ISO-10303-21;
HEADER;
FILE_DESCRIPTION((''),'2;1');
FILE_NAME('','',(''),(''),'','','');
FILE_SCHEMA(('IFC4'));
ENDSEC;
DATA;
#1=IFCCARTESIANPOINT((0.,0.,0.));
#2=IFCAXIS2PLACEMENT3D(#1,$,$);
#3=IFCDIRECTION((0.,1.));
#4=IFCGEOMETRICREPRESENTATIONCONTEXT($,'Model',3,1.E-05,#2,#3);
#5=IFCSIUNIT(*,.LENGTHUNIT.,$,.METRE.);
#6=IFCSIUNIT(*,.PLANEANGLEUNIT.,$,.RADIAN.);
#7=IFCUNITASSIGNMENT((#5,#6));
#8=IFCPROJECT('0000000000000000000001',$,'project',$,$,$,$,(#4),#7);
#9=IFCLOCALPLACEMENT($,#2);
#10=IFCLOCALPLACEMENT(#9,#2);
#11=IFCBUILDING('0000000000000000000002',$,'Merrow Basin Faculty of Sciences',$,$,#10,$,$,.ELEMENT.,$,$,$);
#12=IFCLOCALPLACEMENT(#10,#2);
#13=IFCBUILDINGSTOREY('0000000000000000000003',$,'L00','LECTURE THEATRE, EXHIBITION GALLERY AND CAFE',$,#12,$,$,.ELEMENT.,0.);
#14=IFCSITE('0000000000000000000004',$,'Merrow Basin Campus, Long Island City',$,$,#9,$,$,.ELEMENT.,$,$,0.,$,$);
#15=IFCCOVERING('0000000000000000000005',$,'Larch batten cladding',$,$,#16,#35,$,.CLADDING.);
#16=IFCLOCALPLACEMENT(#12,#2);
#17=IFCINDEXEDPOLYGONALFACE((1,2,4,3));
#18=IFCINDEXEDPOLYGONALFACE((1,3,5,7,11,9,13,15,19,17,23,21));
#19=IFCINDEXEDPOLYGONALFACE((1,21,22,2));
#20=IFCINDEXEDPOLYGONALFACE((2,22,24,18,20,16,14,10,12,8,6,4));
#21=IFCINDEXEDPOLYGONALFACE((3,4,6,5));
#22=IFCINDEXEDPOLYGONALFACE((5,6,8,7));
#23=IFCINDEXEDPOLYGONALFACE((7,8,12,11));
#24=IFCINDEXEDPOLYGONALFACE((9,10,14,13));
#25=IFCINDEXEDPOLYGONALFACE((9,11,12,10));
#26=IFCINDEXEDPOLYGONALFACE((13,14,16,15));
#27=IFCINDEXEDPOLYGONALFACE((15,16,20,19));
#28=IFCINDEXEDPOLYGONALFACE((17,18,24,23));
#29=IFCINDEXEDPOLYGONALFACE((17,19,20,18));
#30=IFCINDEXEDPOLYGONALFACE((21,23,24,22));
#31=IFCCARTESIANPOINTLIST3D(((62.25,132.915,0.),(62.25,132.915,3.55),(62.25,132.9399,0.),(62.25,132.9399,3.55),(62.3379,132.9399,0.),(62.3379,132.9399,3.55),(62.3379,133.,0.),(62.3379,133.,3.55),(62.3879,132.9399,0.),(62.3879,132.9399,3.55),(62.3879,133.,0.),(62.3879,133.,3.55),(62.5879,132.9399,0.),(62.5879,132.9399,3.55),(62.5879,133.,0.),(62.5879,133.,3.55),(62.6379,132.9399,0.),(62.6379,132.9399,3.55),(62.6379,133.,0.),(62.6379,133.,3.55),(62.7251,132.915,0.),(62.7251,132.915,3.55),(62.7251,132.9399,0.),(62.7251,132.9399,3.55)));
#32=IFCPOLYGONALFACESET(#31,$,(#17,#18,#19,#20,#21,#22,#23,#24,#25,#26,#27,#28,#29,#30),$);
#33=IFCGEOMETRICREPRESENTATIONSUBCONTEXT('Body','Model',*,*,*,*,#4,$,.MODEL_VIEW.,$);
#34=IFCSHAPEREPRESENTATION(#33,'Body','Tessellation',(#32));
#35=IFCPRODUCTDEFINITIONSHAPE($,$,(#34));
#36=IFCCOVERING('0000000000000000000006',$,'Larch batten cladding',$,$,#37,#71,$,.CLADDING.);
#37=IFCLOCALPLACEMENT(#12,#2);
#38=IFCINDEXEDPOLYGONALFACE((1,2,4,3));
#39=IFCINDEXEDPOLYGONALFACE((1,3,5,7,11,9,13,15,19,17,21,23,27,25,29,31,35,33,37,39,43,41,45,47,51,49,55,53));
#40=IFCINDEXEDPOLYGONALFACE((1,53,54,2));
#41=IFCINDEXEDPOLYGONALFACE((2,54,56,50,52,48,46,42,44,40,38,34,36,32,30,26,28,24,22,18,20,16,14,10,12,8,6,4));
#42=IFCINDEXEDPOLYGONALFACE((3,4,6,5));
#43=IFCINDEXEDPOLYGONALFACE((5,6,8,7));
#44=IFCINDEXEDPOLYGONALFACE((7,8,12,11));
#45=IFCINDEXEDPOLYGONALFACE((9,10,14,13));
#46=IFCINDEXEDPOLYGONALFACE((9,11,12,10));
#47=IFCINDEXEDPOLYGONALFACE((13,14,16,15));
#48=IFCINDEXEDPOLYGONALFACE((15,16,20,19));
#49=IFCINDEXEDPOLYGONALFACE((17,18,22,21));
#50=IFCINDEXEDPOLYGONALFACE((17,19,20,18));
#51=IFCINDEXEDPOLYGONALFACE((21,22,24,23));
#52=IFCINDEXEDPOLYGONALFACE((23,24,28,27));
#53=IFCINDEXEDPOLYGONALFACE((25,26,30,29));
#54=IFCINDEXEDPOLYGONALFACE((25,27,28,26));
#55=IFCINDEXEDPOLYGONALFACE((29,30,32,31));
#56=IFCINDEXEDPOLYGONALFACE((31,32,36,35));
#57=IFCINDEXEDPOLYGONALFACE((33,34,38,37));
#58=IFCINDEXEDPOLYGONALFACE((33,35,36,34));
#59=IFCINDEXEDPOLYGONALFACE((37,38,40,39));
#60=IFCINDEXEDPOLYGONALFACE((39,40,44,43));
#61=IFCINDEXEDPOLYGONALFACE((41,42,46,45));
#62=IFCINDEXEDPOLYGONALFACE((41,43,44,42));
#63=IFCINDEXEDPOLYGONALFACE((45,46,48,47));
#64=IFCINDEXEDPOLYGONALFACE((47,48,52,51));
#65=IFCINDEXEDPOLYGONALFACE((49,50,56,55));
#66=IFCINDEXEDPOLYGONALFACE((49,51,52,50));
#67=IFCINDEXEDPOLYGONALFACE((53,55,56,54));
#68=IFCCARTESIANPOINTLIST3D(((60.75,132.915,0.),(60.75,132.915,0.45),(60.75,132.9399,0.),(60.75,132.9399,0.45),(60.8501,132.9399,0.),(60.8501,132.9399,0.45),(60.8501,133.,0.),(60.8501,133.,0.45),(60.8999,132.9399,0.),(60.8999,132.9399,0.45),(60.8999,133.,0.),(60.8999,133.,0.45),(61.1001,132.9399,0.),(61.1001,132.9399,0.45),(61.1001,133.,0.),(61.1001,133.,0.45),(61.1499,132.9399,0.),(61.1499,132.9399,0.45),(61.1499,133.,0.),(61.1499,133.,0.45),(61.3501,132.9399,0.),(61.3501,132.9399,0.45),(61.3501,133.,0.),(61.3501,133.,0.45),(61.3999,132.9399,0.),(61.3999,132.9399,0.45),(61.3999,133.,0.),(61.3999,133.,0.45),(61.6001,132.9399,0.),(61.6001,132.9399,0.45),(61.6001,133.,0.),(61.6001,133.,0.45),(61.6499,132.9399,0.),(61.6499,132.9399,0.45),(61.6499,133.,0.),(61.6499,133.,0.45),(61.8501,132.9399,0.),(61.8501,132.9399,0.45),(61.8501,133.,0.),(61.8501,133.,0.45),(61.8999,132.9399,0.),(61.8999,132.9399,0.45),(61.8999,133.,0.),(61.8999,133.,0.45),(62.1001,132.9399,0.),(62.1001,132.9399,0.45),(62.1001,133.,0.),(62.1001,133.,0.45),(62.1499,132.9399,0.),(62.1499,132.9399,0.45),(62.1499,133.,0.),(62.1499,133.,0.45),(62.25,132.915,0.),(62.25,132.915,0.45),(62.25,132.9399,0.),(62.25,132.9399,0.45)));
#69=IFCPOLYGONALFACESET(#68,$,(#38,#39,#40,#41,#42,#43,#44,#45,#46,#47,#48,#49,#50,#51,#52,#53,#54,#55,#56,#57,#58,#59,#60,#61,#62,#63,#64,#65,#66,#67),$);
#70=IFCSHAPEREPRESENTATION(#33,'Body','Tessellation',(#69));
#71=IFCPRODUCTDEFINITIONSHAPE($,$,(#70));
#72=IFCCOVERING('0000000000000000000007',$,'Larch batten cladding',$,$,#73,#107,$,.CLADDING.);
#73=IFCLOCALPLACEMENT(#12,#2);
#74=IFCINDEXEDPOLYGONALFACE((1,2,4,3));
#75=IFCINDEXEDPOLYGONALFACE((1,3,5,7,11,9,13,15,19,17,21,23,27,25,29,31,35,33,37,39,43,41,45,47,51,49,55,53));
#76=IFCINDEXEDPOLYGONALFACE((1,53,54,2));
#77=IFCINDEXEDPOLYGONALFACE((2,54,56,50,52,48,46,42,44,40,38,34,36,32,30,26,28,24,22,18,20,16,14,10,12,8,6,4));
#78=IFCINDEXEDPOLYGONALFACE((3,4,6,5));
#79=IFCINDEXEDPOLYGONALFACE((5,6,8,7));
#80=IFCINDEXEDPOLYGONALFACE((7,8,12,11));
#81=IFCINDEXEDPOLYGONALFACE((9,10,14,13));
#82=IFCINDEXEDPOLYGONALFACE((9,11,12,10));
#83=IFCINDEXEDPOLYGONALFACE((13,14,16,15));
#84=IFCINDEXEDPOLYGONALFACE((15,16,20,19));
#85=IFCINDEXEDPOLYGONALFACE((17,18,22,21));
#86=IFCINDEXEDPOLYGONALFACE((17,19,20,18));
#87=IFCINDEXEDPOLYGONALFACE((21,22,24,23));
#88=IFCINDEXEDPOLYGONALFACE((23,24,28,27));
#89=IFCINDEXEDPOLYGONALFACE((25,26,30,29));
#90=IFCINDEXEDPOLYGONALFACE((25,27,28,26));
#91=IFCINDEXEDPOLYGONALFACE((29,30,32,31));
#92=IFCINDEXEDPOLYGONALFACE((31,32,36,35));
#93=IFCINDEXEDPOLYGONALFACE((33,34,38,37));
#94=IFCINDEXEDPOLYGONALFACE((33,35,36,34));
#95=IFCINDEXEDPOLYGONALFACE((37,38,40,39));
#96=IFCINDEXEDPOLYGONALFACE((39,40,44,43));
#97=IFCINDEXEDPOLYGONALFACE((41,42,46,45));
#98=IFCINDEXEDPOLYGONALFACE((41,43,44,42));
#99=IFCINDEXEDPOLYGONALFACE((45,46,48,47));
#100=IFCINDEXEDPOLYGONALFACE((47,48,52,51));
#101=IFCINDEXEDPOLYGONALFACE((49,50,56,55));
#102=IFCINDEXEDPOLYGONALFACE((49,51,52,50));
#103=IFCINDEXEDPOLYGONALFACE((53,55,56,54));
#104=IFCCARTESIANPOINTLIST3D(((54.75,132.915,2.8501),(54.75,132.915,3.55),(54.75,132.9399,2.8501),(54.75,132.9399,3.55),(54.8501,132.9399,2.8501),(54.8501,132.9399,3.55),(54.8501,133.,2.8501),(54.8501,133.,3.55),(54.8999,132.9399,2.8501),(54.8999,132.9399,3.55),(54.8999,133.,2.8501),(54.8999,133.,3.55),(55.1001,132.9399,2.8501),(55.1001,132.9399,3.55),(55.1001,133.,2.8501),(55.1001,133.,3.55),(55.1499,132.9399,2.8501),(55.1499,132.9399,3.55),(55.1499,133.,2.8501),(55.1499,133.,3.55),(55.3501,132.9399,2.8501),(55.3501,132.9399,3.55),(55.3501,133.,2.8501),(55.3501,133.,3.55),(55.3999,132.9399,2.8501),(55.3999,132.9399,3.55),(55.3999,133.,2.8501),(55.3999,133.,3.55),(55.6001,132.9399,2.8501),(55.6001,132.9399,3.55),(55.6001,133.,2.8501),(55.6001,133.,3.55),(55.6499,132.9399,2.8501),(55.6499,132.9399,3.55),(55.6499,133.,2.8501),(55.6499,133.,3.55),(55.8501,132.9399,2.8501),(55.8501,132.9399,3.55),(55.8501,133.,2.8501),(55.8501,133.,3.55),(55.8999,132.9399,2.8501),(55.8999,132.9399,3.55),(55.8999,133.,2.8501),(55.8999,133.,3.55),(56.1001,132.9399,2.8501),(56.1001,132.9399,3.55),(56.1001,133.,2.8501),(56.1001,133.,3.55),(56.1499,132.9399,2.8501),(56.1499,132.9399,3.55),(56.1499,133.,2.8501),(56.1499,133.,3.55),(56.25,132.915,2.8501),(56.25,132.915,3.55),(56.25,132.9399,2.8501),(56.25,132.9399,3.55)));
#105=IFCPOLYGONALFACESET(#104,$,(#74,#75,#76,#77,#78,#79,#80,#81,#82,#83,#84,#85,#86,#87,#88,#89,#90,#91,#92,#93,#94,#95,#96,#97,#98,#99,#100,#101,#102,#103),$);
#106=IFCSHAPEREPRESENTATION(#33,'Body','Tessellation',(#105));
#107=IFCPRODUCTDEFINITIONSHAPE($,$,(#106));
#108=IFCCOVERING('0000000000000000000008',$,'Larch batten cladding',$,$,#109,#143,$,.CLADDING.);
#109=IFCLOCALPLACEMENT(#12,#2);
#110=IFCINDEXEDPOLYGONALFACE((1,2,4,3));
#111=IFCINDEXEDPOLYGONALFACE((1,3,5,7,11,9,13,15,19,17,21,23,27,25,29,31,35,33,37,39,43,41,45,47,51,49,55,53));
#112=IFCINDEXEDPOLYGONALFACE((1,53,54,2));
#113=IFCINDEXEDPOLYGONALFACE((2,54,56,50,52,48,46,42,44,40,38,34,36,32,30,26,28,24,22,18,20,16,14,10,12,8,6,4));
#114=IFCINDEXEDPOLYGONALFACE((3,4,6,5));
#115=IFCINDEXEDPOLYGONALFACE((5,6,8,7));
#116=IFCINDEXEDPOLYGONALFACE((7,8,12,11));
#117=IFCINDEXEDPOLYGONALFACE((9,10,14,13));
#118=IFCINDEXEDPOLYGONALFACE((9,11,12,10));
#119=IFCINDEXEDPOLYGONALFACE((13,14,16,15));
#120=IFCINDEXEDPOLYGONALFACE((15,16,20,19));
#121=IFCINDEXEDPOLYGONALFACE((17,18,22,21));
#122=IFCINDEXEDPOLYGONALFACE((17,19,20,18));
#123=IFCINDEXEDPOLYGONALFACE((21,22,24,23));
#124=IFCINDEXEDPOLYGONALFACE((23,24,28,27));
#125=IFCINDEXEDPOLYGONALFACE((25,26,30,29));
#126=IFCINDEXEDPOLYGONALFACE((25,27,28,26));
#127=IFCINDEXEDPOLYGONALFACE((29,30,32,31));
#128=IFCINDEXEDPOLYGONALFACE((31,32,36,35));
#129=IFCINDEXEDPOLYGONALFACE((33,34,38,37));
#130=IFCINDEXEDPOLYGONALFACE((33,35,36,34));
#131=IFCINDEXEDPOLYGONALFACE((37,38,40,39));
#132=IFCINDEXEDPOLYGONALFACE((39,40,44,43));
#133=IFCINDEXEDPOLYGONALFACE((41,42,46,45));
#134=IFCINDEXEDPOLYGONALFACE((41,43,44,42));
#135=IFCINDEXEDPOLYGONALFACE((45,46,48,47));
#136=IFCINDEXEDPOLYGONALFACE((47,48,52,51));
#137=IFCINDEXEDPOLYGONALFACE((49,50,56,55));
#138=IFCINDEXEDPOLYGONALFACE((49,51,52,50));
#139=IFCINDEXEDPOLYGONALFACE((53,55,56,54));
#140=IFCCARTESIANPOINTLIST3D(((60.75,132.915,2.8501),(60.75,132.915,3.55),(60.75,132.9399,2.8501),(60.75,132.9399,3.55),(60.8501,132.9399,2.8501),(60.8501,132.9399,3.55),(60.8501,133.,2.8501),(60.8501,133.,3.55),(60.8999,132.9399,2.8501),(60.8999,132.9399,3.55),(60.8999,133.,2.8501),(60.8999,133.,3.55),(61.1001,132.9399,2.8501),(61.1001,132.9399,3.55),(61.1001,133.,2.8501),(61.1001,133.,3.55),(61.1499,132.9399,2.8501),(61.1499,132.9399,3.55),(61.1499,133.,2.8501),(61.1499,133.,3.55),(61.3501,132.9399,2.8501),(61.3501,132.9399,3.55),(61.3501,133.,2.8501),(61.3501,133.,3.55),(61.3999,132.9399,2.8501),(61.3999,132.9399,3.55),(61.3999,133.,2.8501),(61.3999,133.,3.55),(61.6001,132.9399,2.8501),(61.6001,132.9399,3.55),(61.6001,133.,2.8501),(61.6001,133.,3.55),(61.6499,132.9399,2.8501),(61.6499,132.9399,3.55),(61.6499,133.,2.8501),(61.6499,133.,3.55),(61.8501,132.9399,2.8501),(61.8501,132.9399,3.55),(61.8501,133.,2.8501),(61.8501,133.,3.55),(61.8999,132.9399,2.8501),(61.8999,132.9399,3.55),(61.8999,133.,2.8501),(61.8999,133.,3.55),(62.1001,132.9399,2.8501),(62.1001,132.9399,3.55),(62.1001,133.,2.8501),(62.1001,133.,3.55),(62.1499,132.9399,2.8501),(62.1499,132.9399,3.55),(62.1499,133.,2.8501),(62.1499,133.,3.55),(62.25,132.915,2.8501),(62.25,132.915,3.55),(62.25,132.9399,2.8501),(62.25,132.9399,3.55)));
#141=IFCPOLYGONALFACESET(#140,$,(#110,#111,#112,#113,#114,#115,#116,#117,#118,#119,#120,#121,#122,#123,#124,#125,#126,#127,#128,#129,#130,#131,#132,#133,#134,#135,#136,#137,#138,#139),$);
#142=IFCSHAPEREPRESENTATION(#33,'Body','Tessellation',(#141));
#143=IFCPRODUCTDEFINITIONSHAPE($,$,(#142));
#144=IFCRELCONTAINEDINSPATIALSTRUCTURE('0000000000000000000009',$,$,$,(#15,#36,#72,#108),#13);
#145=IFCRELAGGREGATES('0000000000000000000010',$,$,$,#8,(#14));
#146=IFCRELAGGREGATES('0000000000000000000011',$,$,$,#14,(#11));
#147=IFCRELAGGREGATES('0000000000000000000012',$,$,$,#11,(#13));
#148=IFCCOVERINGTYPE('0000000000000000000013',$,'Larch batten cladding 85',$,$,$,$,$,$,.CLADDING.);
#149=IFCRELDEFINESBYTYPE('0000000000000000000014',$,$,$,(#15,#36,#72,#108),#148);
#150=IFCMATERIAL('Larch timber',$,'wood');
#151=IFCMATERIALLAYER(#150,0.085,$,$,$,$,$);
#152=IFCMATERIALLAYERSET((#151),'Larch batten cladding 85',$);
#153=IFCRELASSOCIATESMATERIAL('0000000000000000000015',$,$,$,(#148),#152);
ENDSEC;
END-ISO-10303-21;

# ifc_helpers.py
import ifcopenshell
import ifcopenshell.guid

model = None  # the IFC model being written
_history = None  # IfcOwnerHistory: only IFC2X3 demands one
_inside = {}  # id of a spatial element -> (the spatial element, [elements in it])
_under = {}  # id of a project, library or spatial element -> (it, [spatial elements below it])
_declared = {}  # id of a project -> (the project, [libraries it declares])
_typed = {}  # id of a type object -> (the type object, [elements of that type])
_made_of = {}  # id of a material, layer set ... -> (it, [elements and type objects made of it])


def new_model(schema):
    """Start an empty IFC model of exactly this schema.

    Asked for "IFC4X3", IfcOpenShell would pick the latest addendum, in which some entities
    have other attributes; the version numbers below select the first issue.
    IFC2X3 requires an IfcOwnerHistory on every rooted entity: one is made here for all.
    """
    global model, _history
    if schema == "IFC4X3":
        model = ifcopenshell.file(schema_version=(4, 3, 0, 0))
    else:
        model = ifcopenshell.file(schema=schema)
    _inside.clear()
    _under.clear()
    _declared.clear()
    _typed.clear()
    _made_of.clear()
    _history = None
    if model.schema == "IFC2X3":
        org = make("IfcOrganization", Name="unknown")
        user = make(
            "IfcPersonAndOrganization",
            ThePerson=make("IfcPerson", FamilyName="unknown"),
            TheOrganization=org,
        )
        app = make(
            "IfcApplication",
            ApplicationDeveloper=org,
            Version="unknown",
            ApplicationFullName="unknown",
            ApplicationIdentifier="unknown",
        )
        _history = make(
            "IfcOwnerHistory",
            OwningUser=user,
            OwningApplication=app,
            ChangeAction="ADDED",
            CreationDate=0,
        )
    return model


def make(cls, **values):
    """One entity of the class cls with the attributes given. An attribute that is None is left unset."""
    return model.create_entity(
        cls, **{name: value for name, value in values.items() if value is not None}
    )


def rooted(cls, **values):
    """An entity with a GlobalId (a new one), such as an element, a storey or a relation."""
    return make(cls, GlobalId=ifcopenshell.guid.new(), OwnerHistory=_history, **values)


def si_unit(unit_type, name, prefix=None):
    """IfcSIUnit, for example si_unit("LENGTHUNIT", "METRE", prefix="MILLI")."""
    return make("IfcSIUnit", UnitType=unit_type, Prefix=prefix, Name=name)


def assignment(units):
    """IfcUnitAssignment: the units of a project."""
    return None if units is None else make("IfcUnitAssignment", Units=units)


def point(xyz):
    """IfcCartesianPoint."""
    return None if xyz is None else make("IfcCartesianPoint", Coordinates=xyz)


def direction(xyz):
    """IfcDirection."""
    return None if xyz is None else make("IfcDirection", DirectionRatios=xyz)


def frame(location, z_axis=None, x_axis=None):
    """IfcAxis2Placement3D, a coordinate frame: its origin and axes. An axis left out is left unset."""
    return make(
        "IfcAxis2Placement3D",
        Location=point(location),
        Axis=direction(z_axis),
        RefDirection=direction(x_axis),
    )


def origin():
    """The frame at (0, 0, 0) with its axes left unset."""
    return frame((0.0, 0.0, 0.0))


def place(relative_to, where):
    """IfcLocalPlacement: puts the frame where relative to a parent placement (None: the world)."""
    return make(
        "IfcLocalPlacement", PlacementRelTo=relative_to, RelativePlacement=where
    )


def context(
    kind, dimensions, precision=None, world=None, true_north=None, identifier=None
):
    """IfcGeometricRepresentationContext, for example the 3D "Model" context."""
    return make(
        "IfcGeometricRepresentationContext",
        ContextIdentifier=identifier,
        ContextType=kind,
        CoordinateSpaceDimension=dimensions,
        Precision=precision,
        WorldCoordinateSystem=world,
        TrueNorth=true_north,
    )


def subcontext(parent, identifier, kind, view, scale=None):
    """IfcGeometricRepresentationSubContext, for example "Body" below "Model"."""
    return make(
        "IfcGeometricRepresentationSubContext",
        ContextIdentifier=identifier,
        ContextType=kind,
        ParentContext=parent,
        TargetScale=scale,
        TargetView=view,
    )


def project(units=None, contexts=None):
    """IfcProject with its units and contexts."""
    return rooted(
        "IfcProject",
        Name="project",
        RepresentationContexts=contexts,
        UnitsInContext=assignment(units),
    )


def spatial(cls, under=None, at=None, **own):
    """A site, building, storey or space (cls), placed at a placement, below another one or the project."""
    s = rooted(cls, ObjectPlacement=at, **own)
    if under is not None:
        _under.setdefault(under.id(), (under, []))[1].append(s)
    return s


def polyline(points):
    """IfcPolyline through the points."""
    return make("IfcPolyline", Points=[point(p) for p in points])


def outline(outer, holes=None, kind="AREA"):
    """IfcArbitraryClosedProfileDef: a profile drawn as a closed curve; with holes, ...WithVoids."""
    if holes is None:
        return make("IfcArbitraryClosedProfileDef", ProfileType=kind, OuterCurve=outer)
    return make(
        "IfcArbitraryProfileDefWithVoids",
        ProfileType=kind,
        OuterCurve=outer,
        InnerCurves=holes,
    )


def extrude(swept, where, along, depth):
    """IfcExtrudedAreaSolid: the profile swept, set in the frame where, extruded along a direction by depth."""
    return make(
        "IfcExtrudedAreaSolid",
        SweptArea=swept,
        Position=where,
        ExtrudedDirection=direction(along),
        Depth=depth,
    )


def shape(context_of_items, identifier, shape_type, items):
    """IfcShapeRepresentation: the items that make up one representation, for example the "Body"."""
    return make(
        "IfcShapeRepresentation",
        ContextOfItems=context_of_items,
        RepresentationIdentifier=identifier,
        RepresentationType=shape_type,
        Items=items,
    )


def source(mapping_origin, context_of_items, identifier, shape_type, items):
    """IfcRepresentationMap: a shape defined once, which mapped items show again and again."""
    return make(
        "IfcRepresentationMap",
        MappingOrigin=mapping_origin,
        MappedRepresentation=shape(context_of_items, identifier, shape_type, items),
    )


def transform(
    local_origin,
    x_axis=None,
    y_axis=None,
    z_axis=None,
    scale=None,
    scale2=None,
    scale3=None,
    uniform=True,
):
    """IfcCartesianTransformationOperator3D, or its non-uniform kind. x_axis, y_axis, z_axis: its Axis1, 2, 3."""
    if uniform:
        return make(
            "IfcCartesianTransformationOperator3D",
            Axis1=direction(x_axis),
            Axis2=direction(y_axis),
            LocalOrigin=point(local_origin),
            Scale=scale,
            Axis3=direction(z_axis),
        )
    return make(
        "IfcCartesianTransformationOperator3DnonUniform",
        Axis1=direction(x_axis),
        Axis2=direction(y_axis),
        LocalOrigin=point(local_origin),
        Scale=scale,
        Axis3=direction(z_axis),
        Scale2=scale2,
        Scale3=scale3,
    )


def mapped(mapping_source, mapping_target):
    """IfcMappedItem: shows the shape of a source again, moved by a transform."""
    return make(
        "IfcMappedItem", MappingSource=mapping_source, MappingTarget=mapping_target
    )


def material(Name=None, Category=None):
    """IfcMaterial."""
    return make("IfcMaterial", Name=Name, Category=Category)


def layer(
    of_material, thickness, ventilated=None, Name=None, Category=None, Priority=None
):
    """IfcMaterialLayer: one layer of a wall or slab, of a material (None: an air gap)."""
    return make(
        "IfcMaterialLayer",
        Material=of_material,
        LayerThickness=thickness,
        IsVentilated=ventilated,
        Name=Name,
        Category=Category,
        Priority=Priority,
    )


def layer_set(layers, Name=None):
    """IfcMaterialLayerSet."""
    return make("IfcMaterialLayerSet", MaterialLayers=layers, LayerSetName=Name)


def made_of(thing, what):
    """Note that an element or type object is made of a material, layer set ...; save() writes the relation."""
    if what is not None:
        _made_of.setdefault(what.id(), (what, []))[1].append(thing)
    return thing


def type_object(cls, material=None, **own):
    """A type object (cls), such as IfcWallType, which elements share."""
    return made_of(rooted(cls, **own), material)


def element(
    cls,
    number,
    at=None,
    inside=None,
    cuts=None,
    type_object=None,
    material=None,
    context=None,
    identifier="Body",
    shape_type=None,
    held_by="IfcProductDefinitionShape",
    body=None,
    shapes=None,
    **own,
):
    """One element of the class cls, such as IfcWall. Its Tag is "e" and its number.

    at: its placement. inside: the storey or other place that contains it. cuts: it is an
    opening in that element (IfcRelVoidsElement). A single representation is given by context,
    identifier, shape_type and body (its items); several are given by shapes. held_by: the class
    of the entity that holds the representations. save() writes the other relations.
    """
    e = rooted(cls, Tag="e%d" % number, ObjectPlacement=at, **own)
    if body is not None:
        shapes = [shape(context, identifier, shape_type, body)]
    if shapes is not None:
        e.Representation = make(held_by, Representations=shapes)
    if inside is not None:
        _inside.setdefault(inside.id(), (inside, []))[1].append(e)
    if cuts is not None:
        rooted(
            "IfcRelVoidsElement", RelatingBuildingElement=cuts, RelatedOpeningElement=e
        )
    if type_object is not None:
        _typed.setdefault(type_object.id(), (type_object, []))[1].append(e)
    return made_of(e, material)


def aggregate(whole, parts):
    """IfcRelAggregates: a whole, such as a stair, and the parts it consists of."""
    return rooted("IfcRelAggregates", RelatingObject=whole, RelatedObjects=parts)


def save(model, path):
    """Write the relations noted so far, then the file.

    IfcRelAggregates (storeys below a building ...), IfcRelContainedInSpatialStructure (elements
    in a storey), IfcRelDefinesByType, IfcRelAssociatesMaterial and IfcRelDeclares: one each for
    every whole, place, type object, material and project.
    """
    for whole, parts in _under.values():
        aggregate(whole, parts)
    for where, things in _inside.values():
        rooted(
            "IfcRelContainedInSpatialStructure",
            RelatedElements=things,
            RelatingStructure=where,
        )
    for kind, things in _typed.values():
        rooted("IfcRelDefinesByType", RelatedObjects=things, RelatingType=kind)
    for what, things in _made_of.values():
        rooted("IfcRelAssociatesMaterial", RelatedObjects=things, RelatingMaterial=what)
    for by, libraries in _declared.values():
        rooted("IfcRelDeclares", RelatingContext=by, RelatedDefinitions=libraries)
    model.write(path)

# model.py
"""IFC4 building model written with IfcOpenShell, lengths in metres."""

from ifc_helpers import new_model, si_unit, direction, frame, origin, place, context, subcontext, project, spatial, polyline, outline, extrude, source, transform, mapped, material, layer, layer_set, type_object, element, save


model = new_model("IFC4")

# Units and contexts
model_context = context("Model", 3, precision=1e-05, world=origin(), true_north=direction((0.0, 1.0)))
body_context = subcontext(model_context, "Body", "Model", "MODEL_VIEW")
ifc_project = project(units=[si_unit("LENGTHUNIT", "METRE"), si_unit("PLANEANGLEUNIT", "RADIAN")], contexts=[model_context])

# Site, building, storey
site_placement = place(None, origin())
site = spatial("IfcSite", under=ifc_project, at=site_placement, Name="Merrow Basin Campus, Long Island City", CompositionType="ELEMENT", RefElevation=0.0)
building_placement = place(site_placement, origin())
building = spatial("IfcBuilding", under=site, at=building_placement, Name="Merrow Basin Faculty of Sciences", CompositionType="ELEMENT")
storey_placement = place(building_placement, origin())
storey = spatial("IfcBuildingStorey", under=building, at=storey_placement, Name="L00", Description="LECTURE THEATRE, EXHIBITION GALLERY AND CAFE", CompositionType="ELEMENT", Elevation=0.0)

# Coverings
ifc_material_1 = material(Name="Larch timber", Category="wood")
ifc_layer_1 = layer(ifc_material_1, 0.085)
ifc_layer_set_1 = layer_set([ifc_layer_1], Name="Larch batten cladding 85")
covering_type = type_object("IfcCoveringType", Name="Larch batten cladding 85", PredefinedType="CLADDING", material=ifc_layer_set_1)
shared_shape_1 = source(origin(), body_context, "Body", "SweptSolid", [
    extrude(outline(polyline([(0.0, 0.0), (0.4751, 0.0), (0.4751, 0.0249), (0.3879, 0.0249), (0.3879, 0.085), (0.3379, 0.085), (0.3379, 0.0249), (0.1379, 0.0249), (0.1379, 0.085), (0.0879, 0.085), (0.0879, 0.0249), (0.0, 0.0249), (0.0, 0.0)])), origin(), (0.0, 0.0, 1.0), 3.55),
])
covering_1_placement = place(storey_placement, frame((62.25, 132.915, 0.0), z_axis=(0.0, 0.0, 1.0), x_axis=(1.0, 0.0, 0.0)))
element("IfcCovering", 1, at=covering_1_placement, inside=storey, type_object=covering_type, Name="Larch batten cladding", PredefinedType="CLADDING", context=body_context, shape_type="MappedRepresentation", body=[
    mapped(shared_shape_1, transform((0.0, 0.0, 0.0), scale=1.0)),
])
shared_shape_2 = source(origin(), body_context, "Body", "SweptSolid", [
    extrude(outline(polyline([(0.0, 0.0), (1.5, 0.0), (1.5, 0.0249), (1.3999, 0.0249), (1.3999, 0.085), (1.3501, 0.085), (1.3501, 0.0249), (1.1499, 0.0249), (1.1499, 0.085), (1.1001, 0.085), (1.1001, 0.0249), (0.8999, 0.0249), (0.8999, 0.085), (0.8501, 0.085), (0.8501, 0.0249), (0.6499, 0.0249), (0.6499, 0.085), (0.6001, 0.085), (0.6001, 0.0249), (0.3999, 0.0249), (0.3999, 0.085), (0.3501, 0.085), (0.3501, 0.0249), (0.1499, 0.0249), (0.1499, 0.085), (0.1001, 0.085), (0.1001, 0.0249), (0.0, 0.0249), (0.0, 0.0)])), origin(), (0.0, 0.0, 1.0), 0.45),
])
covering_2_placement = place(storey_placement, frame((60.75, 132.915, 0.0), z_axis=(0.0, 0.0, 1.0), x_axis=(1.0, 0.0, 0.0)))
element("IfcCovering", 2, at=covering_2_placement, inside=storey, type_object=covering_type, Name="Larch batten cladding", PredefinedType="CLADDING", context=body_context, shape_type="MappedRepresentation", body=[
    mapped(shared_shape_2, transform((0.0, 0.0, 0.0), scale=1.0)),
])
shared_shape_3 = source(origin(), body_context, "Body", "SweptSolid", [
    extrude(outline(polyline([(0.0, 0.0), (1.5, 0.0), (1.5, 0.0249), (1.3999, 0.0249), (1.3999, 0.085), (1.3501, 0.085), (1.3501, 0.0249), (1.1499, 0.0249), (1.1499, 0.085), (1.1001, 0.085), (1.1001, 0.0249), (0.8999, 0.0249), (0.8999, 0.085), (0.8501, 0.085), (0.8501, 0.0249), (0.6499, 0.0249), (0.6499, 0.085), (0.6001, 0.085), (0.6001, 0.0249), (0.3999, 0.0249), (0.3999, 0.085), (0.3501, 0.085), (0.3501, 0.0249), (0.1499, 0.0249), (0.1499, 0.085), (0.1001, 0.085), (0.1001, 0.0249), (0.0, 0.0249), (0.0, 0.0)])), origin(), (0.0, 0.0, 1.0), 0.7),
])
for number, where, z_axis, x_axis, name in (
    (3, (54.75, 132.915, 2.8501), (0.0, 0.0, 1.0), (1.0, 0.0, 0.0), "Larch batten cladding"),
    (4, (60.75, 132.915, 2.8501), (0.0, 0.0, 1.0), (1.0, 0.0, 0.0), "Larch batten cladding"),
):
    element("IfcCovering", number, at=place(storey_placement, frame(where, z_axis=z_axis, x_axis=x_axis)), inside=storey, type_object=covering_type, Name=name, PredefinedType="CLADDING", context=body_context, shape_type="MappedRepresentation", body=[
        mapped(shared_shape_3, transform((0.0, 0.0, 0.0), scale=1.0)),
    ])

save(model, "model.ifc")
